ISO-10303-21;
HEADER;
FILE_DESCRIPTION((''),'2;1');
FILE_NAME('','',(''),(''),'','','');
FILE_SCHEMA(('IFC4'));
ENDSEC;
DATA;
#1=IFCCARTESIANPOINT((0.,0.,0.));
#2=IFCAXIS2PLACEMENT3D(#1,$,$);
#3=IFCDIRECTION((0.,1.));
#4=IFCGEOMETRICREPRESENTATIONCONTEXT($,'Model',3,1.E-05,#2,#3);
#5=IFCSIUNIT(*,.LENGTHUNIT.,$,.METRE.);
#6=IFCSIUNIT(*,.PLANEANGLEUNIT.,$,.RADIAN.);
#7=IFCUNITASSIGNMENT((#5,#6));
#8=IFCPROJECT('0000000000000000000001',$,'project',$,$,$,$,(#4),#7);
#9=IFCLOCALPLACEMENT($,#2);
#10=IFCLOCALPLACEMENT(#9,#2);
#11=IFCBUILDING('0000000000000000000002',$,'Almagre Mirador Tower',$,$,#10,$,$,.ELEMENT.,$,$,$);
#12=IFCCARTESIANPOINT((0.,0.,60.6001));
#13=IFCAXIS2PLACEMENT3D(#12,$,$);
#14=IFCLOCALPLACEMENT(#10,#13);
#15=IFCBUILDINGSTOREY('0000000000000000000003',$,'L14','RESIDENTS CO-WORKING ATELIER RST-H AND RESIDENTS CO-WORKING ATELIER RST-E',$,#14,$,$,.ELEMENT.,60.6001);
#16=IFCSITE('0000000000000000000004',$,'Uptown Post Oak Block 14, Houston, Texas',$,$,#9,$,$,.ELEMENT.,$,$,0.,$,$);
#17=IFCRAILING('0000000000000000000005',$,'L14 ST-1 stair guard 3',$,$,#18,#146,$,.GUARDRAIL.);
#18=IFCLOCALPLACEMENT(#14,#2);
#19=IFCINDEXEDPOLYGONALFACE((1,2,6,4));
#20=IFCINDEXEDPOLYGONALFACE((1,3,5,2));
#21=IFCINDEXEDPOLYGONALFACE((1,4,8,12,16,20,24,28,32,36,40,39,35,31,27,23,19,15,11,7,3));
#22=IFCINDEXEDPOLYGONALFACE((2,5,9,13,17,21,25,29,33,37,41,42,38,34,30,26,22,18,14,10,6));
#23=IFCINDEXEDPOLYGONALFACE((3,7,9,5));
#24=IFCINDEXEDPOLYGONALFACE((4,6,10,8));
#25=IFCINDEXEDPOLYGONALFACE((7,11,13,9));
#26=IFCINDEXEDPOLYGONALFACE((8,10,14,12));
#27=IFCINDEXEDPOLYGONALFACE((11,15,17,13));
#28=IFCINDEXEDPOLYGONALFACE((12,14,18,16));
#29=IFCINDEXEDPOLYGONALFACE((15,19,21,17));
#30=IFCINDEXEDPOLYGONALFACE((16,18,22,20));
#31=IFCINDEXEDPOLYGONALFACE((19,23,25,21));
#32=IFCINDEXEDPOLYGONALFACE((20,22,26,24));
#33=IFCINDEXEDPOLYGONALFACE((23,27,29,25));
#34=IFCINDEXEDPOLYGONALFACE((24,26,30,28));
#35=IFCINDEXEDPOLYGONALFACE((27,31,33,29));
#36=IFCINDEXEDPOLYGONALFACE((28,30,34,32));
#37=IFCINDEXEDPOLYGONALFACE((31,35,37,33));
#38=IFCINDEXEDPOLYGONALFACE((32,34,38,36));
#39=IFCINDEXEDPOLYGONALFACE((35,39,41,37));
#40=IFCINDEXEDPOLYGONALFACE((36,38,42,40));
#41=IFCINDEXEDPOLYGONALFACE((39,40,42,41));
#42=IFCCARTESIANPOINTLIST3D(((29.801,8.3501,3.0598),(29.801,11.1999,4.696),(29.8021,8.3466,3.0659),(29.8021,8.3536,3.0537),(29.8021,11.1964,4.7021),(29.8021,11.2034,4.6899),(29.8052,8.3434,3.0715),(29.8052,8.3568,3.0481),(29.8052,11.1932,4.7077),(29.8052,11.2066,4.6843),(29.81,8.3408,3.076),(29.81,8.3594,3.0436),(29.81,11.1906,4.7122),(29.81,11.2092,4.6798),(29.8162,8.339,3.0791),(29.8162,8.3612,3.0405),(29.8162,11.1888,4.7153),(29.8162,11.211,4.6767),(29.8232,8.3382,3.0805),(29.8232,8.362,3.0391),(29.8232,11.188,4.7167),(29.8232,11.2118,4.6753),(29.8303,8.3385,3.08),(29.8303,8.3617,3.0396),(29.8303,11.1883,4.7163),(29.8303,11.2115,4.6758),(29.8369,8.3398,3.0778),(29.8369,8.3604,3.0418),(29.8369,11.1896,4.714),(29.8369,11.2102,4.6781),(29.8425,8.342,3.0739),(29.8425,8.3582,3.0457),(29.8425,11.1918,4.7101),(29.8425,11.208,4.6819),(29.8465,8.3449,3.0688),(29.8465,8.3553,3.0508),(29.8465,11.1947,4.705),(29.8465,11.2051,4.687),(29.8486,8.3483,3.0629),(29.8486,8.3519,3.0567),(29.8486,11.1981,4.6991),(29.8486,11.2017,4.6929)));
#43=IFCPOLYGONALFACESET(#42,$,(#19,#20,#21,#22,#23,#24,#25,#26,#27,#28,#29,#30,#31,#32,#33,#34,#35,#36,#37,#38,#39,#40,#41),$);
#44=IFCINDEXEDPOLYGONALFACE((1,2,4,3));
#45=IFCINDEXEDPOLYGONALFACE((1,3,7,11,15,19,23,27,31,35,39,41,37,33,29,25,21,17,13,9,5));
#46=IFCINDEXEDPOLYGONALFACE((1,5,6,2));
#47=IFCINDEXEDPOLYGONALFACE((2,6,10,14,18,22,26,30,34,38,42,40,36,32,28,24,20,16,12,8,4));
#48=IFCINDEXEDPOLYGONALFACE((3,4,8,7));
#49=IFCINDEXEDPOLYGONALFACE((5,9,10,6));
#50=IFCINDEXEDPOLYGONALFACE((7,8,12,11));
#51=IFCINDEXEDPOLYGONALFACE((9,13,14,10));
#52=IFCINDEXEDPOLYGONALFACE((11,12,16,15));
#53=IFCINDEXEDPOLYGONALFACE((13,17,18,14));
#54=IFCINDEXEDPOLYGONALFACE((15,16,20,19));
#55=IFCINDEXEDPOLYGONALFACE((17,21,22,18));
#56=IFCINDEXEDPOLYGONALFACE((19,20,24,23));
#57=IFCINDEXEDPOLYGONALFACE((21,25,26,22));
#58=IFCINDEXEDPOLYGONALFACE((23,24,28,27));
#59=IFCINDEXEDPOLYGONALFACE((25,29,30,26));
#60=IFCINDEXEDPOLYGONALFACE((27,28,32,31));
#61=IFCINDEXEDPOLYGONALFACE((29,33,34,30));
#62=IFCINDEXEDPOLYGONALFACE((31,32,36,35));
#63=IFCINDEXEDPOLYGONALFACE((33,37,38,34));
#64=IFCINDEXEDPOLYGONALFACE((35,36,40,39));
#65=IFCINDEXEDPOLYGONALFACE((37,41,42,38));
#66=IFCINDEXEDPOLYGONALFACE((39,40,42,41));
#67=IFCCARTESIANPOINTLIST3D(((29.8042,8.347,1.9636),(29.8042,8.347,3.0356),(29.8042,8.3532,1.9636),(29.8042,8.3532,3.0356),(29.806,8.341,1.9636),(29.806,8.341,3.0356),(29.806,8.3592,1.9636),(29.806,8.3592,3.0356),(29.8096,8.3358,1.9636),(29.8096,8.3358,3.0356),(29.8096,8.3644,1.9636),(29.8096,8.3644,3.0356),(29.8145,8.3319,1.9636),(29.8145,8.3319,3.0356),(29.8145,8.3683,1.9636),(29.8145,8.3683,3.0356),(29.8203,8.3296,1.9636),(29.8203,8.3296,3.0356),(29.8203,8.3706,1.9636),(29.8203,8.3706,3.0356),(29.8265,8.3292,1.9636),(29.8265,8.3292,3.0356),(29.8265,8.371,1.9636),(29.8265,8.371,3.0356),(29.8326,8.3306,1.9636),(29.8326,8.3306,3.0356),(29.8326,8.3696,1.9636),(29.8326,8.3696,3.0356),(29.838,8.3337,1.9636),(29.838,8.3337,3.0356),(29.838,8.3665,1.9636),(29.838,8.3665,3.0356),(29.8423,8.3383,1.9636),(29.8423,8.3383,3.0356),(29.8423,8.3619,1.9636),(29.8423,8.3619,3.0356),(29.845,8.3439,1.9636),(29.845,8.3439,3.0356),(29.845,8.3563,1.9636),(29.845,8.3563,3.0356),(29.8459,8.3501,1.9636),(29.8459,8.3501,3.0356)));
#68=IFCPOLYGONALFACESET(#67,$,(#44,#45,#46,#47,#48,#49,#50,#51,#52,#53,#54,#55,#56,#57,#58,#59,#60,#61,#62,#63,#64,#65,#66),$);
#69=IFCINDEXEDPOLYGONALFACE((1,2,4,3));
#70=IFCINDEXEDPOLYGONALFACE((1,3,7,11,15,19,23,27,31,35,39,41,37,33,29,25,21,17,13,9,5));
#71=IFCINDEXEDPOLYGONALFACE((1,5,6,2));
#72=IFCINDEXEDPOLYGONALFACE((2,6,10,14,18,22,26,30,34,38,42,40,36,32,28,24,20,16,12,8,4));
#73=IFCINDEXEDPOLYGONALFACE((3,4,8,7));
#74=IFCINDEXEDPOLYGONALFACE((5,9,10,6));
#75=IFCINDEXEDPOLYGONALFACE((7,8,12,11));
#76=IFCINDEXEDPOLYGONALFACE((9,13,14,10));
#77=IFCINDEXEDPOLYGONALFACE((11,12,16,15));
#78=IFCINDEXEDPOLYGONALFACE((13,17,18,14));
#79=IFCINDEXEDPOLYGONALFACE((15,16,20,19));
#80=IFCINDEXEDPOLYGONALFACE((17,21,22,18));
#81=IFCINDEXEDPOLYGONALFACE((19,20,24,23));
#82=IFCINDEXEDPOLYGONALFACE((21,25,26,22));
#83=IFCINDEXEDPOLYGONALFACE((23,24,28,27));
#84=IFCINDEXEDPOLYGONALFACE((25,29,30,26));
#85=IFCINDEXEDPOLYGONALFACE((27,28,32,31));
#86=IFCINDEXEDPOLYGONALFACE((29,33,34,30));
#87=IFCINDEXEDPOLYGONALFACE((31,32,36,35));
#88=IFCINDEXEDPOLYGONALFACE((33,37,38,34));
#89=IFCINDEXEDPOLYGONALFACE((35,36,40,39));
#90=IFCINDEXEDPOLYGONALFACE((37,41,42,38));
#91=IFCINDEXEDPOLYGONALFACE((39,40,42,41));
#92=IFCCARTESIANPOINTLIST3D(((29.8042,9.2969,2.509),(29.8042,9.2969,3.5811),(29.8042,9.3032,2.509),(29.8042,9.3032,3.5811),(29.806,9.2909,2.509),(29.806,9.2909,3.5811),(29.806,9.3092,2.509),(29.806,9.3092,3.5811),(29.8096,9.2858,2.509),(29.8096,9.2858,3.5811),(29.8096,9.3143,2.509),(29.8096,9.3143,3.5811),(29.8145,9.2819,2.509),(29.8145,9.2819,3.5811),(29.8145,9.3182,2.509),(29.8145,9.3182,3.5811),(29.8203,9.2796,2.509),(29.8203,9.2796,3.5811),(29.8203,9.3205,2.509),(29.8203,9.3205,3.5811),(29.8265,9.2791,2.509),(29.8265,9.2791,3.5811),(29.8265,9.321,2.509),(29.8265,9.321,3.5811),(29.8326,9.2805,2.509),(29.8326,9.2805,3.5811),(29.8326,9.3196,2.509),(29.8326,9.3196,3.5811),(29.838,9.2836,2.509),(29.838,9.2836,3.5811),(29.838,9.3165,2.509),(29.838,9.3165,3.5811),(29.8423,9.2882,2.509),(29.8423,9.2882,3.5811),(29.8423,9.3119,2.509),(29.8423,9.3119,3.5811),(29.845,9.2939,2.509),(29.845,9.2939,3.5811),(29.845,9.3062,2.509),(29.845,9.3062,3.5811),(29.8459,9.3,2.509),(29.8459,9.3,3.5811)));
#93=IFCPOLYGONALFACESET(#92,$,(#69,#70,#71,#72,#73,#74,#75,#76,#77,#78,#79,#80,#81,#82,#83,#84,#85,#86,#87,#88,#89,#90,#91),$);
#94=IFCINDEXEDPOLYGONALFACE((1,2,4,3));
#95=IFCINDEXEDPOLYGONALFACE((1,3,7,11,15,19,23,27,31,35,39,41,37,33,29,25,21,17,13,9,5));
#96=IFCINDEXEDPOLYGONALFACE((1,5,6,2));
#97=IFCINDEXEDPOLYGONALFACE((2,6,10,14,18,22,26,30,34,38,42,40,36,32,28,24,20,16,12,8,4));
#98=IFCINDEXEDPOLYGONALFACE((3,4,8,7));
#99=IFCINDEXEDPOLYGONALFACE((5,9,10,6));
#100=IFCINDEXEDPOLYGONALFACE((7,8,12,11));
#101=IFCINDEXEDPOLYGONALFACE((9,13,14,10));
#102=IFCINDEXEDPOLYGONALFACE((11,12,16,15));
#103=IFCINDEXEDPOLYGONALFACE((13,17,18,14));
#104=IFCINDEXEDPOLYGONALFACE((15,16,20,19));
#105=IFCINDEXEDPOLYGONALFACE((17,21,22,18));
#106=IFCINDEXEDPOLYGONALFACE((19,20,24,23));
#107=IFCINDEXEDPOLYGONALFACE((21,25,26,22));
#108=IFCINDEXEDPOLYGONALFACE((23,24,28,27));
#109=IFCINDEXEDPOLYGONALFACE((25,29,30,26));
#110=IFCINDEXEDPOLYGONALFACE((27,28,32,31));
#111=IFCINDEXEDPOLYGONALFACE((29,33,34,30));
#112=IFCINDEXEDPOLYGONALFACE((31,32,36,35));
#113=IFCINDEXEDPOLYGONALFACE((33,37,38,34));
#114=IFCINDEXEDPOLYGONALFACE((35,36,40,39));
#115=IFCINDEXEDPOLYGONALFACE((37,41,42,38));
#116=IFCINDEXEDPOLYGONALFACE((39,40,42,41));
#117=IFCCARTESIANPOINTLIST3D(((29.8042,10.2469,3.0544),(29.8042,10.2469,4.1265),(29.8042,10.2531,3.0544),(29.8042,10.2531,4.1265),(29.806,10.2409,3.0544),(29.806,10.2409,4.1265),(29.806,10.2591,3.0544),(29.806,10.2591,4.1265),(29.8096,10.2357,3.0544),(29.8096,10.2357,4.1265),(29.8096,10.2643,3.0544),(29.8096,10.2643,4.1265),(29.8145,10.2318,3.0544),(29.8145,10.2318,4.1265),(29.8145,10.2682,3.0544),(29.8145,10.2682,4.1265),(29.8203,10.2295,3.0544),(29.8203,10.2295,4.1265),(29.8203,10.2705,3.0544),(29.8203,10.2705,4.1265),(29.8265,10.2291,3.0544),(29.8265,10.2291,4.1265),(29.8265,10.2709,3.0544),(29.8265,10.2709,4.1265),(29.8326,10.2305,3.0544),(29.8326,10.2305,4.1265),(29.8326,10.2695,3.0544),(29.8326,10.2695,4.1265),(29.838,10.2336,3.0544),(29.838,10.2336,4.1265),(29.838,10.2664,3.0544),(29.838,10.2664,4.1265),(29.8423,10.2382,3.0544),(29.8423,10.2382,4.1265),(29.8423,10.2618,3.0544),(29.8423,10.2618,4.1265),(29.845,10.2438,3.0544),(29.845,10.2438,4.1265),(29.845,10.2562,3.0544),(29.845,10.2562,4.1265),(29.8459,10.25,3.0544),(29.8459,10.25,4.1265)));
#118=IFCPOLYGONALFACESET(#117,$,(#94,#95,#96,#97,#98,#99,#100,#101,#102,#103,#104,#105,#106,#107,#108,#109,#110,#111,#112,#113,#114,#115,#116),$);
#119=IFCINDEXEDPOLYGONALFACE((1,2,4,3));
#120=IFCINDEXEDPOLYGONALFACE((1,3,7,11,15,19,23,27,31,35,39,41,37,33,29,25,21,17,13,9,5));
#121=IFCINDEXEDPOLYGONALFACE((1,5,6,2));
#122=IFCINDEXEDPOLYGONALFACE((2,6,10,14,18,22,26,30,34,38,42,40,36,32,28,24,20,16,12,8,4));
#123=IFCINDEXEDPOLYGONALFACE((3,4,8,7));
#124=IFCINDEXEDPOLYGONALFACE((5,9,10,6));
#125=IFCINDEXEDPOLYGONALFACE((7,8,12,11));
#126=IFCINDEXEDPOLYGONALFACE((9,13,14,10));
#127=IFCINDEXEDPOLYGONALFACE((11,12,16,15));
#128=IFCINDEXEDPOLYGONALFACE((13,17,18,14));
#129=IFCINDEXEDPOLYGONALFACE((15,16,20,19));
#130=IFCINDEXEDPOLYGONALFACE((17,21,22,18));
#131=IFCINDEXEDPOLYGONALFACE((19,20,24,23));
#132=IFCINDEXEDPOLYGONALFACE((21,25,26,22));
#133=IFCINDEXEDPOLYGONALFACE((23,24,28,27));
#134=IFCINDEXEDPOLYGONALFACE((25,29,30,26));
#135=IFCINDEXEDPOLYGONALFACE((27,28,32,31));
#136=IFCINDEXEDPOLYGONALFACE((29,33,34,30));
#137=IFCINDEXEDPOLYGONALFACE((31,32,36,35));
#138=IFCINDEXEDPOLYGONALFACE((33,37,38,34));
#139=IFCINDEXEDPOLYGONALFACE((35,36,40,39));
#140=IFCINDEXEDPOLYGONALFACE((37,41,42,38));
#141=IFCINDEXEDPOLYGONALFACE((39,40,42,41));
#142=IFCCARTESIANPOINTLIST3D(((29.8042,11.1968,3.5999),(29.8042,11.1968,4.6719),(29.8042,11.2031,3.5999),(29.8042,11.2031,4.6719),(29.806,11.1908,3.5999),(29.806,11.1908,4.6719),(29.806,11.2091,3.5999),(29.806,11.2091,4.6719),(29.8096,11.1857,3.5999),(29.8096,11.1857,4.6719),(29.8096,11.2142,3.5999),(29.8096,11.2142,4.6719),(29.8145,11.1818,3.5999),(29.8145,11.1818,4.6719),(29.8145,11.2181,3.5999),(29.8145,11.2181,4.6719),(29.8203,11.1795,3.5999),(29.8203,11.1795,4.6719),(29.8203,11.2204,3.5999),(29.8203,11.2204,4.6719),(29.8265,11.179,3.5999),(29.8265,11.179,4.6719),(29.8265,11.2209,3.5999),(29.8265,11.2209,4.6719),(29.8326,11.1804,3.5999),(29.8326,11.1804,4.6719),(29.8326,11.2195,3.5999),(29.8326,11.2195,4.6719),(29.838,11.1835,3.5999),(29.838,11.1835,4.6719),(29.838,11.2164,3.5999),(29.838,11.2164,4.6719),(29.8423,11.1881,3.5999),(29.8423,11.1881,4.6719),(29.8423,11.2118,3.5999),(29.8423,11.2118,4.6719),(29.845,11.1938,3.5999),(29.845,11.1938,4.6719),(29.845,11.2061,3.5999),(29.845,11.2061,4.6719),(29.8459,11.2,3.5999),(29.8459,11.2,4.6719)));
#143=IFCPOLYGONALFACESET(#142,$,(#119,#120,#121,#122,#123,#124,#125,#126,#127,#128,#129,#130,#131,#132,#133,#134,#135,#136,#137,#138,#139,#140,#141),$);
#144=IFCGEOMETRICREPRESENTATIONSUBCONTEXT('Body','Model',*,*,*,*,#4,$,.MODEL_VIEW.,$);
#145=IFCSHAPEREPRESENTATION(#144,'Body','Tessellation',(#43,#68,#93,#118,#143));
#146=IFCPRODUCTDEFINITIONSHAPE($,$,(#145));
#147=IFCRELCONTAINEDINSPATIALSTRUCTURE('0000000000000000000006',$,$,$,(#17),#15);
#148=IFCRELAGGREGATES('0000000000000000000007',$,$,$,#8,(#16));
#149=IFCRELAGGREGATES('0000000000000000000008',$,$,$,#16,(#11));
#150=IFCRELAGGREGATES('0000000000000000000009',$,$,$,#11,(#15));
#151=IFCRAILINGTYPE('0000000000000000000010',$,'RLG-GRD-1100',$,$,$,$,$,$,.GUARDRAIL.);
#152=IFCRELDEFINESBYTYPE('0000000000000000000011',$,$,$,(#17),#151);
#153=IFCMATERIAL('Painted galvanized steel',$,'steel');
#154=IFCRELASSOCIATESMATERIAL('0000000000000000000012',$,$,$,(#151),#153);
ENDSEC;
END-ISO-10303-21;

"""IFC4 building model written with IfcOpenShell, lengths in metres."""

from ifc_helpers import new_model, si_unit, direction, frame, origin, origin_2d, place, context, subcontext, project, spatial, circle, extrude, material, type_object, element, save


model = new_model("IFC4")

# Units and contexts
model_context = context("Model", 3, precision=1e-05, world=origin(), true_north=direction((0.0, 1.0)))
body_context = subcontext(model_context, "Body", "Model", "MODEL_VIEW")
ifc_project = project(units=[si_unit("LENGTHUNIT", "METRE"), si_unit("PLANEANGLEUNIT", "RADIAN")], contexts=[model_context])

# Site, building, storey
site_placement = place(None, origin())
site = spatial("IfcSite", under=ifc_project, at=site_placement, Name="Uptown Post Oak Block 14, Houston, Texas", CompositionType="ELEMENT", RefElevation=0.0)
building_placement = place(site_placement, origin())
building = spatial("IfcBuilding", under=site, at=building_placement, Name="Almagre Mirador Tower", CompositionType="ELEMENT")
storey_placement = place(building_placement, frame((0.0, 0.0, 60.6001)))
storey = spatial("IfcBuildingStorey", under=building, at=storey_placement, Name="L14", Description="RESIDENTS CO-WORKING ATELIER RST-H AND RESIDENTS CO-WORKING ATELIER RST-E", CompositionType="ELEMENT", Elevation=60.6001)

# Railing
ifc_material_1 = material(Name="Painted galvanized steel", Category="steel")
railing_type_1 = type_object("IfcRailingType", Name="RLG-GRD-1100", PredefinedType="GUARDRAIL", material=ifc_material_1)
railing_1_placement = place(storey_placement, frame((29.825, 8.3501, 1.9636)))
element("IfcRailing", 1, at=railing_1_placement, inside=storey, type_object=railing_type_1, Name="L14 ST-1 stair guard 3", PredefinedType="GUARDRAIL", context=body_context, shape_type="SweptSolid", body=[
    extrude(circle(Radius=0.0239, at=origin_2d()), frame((0.0, 0.0, 1.0962), z_axis=(0.0, 0.867226, 0.497914), x_axis=(-1.0, 0.0, 0.0)), (0.0, 0.0, 1.0), 3.2861),
    extrude(circle(Radius=0.021, at=origin_2d()), origin(), (0.0, 0.0, 1.0), 1.072),
    extrude(circle(Radius=0.021, at=origin_2d()), frame((0.0, 0.95, 0.5454)), (0.0, 0.0, 1.0), 1.072),
    extrude(circle(Radius=0.021, at=origin_2d()), frame((0.0, 1.8999, 1.0908)), (0.0, 0.0, 1.0), 1.072),
    extrude(circle(Radius=0.021, at=origin_2d()), frame((0.0, 2.8499, 1.6362)), (0.0, 0.0, 1.0), 1.072),
])

save(model, "model.ifc")
